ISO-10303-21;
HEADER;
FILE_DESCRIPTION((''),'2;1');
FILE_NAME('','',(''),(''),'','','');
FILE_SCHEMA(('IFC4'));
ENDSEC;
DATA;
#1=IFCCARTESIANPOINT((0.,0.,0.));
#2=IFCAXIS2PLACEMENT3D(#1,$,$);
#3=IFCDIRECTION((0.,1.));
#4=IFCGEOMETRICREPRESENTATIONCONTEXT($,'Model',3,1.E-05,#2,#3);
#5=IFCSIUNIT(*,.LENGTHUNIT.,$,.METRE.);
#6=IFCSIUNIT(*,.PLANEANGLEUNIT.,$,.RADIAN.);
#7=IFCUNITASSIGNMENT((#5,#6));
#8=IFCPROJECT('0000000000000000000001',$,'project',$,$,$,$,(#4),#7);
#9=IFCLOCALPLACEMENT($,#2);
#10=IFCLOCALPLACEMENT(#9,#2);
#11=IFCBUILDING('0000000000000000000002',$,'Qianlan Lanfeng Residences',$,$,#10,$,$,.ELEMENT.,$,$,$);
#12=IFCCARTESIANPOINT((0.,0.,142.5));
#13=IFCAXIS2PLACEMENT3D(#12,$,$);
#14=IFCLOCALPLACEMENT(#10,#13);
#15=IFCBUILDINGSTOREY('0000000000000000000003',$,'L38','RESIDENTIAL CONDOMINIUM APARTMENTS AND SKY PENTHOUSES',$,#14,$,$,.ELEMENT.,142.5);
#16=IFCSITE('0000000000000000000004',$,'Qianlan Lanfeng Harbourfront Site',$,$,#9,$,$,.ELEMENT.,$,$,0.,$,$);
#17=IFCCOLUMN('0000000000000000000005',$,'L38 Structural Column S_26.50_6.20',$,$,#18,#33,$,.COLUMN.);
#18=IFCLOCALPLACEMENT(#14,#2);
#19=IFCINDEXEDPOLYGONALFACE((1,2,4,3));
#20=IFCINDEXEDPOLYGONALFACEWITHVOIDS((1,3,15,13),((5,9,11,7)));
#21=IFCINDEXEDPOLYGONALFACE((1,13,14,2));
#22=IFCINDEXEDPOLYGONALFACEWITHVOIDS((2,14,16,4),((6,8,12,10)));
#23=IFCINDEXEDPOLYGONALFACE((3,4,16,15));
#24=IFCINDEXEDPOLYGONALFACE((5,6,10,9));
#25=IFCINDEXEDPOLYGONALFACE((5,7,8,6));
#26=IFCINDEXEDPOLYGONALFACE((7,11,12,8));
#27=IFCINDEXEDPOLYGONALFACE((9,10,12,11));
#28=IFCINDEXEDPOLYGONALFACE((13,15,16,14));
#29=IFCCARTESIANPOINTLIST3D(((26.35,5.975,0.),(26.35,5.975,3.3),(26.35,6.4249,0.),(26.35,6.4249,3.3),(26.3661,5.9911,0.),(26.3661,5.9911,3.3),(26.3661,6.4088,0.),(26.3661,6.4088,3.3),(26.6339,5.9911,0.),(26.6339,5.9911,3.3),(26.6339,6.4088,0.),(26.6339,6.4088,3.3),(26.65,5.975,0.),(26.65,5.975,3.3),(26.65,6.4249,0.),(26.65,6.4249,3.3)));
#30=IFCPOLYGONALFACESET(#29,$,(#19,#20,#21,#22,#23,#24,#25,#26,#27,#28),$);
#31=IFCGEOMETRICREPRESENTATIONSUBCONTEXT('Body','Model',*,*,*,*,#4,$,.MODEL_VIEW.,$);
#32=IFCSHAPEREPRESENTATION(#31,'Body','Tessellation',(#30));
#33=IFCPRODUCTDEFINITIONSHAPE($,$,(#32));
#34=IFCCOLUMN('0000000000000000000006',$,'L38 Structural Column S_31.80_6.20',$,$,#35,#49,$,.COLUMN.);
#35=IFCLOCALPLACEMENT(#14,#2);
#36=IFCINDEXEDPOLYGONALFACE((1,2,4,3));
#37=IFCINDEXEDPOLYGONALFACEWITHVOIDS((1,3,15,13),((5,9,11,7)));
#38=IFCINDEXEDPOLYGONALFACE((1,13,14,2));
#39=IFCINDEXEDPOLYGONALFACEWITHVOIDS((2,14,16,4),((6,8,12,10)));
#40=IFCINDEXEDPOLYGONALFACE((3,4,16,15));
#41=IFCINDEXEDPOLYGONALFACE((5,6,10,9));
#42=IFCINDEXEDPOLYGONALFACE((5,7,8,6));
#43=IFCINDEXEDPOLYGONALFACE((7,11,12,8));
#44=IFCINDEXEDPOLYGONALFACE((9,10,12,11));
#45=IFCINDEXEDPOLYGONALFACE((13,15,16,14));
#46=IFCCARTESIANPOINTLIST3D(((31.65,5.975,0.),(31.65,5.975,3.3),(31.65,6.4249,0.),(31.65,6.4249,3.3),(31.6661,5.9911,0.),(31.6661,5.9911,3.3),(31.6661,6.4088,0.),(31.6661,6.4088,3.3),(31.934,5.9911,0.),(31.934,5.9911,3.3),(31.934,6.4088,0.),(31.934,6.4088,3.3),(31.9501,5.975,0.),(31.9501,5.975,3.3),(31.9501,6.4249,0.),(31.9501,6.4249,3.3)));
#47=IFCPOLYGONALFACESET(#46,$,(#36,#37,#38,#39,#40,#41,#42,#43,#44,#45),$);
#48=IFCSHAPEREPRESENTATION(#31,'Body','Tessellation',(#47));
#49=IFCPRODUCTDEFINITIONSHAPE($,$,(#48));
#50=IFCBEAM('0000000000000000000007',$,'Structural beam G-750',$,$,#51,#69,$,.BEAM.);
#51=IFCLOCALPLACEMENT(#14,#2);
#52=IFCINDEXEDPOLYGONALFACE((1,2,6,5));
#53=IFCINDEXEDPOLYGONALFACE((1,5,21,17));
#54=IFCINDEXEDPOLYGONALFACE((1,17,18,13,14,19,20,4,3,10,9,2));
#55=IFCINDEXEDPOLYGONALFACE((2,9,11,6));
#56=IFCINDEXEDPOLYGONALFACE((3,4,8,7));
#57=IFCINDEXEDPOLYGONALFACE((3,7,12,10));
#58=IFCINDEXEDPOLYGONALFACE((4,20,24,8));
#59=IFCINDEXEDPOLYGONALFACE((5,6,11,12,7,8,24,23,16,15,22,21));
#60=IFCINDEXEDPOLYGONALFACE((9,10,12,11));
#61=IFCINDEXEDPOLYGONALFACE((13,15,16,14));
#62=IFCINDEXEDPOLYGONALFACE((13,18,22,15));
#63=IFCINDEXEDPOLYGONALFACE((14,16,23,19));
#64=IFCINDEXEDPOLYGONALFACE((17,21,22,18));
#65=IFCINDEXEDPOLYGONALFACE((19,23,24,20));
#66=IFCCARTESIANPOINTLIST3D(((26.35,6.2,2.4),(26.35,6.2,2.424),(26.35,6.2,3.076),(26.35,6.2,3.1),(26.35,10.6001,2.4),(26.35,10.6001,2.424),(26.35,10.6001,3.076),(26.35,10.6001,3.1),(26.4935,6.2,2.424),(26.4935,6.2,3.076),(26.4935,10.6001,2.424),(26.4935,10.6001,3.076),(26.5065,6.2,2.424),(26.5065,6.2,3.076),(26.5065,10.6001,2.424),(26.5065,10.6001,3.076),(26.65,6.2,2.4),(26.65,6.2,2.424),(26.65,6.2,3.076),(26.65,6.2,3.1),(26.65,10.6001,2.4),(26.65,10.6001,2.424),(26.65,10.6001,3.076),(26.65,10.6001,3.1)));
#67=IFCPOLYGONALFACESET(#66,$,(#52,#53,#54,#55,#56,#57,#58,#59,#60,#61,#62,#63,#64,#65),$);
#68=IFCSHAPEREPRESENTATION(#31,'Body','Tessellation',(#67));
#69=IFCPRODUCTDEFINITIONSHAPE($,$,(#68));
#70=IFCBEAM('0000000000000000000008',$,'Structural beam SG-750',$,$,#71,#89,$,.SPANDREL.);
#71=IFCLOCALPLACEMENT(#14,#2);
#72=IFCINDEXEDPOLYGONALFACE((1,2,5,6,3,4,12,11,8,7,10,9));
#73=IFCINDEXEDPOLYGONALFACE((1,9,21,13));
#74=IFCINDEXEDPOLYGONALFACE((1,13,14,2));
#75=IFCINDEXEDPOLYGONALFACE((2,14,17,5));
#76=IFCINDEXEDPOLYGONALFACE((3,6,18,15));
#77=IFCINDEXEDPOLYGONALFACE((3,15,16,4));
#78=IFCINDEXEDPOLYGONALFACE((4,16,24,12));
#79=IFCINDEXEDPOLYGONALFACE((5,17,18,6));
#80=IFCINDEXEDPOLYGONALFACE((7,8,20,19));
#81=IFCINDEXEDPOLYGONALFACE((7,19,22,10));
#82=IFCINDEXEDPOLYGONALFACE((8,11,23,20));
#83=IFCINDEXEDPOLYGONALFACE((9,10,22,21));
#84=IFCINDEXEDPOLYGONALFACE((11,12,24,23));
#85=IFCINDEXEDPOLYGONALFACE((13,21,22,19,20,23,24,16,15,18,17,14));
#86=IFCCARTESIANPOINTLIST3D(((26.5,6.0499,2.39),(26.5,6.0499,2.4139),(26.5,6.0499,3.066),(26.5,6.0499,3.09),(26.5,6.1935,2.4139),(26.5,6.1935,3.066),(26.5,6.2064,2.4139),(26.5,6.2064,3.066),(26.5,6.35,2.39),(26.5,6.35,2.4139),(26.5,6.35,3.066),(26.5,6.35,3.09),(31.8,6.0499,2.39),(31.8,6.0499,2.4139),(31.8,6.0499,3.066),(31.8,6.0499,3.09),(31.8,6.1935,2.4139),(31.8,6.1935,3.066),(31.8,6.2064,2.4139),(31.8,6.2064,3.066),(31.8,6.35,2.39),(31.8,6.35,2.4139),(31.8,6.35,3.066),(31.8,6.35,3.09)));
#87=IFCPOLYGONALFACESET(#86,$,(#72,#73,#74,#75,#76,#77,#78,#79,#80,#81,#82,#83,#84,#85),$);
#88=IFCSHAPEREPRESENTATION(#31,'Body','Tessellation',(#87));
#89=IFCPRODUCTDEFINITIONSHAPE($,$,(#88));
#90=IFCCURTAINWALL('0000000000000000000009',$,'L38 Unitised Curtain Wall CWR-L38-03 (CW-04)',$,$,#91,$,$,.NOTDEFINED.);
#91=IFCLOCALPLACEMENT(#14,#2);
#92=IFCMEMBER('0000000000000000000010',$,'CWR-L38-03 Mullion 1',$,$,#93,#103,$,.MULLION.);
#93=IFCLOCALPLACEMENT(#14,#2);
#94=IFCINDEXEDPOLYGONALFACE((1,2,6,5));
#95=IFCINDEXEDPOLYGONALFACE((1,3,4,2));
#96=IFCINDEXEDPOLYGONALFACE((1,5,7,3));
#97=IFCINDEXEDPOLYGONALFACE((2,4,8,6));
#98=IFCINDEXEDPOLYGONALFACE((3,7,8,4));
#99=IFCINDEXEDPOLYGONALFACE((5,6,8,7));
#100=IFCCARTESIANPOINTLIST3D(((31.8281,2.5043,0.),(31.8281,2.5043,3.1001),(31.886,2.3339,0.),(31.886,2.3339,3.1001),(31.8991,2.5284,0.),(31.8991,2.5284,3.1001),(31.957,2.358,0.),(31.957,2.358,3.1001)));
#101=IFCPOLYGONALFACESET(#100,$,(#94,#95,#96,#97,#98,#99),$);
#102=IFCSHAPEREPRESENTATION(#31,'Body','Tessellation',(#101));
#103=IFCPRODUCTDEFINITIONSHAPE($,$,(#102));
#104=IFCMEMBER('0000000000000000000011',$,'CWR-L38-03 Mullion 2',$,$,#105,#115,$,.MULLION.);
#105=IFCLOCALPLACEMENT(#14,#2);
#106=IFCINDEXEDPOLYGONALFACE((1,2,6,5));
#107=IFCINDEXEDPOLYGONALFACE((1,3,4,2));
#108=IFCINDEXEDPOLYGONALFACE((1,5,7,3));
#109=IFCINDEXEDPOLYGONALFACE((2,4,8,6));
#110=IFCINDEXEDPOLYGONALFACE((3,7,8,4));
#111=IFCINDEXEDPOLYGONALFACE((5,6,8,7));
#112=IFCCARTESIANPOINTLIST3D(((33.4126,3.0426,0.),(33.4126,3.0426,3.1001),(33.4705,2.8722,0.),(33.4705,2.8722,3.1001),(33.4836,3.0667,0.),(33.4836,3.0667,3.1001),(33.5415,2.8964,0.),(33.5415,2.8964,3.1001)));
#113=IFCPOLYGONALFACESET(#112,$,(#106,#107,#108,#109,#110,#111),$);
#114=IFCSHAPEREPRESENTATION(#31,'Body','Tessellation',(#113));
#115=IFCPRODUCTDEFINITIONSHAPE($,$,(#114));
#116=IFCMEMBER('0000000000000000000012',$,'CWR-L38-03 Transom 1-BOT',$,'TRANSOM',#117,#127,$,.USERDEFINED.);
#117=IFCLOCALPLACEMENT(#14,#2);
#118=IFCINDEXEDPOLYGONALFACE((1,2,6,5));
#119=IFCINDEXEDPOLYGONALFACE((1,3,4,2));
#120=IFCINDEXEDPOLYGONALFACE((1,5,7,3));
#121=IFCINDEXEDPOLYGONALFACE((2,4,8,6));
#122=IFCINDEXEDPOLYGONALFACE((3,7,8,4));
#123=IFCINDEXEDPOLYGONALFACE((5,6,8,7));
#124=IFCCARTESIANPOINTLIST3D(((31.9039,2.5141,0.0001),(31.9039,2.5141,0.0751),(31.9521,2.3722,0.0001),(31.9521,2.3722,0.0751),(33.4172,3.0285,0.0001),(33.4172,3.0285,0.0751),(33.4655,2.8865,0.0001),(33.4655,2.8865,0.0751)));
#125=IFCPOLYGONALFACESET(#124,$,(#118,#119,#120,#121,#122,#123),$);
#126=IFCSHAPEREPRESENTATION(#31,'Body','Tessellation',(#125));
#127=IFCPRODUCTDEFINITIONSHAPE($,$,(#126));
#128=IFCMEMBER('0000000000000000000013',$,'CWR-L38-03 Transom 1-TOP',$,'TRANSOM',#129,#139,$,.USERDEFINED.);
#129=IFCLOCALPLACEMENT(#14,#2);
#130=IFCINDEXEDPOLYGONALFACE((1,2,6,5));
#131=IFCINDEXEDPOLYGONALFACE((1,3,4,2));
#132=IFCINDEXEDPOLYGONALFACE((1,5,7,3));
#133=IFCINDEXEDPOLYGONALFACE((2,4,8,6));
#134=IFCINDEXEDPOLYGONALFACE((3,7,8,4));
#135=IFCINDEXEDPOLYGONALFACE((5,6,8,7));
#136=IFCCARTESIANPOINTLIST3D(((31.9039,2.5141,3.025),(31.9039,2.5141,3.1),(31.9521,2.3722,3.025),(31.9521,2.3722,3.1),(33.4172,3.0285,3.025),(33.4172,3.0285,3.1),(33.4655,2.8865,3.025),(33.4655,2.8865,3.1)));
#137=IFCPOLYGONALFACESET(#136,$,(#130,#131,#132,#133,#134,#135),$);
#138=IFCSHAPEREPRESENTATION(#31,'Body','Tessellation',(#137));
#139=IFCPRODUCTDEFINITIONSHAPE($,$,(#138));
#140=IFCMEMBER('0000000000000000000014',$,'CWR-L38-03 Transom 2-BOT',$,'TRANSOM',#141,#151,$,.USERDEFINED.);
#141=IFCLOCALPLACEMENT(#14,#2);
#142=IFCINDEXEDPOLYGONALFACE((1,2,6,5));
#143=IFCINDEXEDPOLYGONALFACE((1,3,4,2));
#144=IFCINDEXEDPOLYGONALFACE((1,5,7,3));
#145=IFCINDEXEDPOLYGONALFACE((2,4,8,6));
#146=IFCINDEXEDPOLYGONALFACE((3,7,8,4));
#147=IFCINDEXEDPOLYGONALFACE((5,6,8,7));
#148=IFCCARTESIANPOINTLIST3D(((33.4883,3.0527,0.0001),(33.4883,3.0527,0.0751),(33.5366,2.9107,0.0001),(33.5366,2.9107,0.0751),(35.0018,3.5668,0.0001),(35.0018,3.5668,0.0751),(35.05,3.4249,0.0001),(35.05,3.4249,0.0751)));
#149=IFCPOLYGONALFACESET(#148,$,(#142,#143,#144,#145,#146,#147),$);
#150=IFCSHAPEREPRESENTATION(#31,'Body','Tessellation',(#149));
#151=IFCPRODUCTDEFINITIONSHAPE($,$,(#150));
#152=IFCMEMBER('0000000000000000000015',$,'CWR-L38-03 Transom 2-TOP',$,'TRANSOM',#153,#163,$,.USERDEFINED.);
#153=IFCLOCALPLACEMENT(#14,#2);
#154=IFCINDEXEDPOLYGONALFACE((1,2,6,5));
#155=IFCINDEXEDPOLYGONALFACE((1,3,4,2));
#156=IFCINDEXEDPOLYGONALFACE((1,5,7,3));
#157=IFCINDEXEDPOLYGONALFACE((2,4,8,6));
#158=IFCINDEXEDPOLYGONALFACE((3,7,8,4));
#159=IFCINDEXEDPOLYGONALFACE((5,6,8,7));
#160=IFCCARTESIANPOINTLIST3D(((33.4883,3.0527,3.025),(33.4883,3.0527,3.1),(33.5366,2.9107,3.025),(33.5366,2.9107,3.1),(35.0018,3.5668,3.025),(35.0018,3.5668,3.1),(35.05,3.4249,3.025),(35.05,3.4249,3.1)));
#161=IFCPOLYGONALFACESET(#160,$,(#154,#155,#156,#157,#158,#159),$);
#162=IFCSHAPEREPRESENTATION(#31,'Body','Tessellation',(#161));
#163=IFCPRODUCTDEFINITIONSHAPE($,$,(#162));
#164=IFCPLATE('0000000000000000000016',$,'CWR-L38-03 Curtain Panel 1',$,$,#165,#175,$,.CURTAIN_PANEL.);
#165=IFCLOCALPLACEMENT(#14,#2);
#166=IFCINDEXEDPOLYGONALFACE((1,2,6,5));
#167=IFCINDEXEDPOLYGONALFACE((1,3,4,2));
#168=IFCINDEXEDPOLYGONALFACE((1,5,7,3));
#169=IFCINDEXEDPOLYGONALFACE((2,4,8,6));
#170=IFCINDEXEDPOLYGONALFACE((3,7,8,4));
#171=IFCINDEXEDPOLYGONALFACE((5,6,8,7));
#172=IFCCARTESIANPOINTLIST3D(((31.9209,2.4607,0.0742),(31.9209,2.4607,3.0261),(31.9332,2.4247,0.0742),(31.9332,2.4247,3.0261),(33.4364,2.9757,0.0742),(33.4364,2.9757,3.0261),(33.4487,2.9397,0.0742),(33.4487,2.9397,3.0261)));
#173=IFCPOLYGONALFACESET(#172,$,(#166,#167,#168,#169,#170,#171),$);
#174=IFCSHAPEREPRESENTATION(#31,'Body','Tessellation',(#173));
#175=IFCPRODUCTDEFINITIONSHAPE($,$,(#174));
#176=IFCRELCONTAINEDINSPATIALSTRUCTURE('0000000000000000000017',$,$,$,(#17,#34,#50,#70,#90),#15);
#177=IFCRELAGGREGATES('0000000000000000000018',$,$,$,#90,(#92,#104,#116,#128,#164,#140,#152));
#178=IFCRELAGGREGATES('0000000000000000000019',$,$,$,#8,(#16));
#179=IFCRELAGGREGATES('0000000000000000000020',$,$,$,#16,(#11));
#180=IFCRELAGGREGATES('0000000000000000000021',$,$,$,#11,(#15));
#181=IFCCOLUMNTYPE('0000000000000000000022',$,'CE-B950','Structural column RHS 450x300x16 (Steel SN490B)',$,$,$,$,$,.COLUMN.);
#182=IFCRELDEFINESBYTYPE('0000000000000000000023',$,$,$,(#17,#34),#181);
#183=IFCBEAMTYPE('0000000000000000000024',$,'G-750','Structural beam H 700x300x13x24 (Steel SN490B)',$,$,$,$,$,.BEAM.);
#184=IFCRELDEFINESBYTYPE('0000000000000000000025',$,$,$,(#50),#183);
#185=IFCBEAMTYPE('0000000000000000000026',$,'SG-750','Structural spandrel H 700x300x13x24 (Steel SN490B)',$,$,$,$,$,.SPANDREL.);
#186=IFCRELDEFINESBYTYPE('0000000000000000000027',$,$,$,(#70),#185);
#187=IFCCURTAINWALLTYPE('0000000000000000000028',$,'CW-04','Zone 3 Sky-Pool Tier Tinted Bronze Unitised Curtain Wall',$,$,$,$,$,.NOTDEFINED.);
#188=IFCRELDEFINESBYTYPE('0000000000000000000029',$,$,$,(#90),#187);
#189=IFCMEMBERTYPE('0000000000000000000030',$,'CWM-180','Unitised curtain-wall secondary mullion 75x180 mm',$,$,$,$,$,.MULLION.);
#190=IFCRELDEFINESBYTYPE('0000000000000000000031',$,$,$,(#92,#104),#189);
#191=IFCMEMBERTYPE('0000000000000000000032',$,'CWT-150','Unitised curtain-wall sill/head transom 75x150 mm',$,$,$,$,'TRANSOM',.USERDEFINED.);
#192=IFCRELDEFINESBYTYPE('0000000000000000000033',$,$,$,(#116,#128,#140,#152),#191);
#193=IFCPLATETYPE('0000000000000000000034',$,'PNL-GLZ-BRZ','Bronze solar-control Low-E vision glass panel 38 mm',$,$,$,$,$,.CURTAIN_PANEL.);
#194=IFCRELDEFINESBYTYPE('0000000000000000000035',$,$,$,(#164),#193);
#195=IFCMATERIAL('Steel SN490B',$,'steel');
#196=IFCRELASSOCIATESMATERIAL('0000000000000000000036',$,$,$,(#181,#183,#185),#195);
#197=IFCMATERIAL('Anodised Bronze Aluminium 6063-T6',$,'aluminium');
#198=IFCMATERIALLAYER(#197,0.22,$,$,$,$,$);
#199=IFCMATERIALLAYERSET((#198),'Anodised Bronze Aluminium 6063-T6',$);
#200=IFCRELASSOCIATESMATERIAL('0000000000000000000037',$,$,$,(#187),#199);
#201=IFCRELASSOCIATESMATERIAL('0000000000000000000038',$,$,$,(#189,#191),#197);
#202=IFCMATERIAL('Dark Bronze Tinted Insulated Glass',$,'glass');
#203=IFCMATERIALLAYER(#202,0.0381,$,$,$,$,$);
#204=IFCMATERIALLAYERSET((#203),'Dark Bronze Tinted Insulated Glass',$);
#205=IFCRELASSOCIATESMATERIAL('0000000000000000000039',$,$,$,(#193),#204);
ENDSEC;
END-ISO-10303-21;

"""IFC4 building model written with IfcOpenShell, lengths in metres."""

from ifc_helpers import new_model, si_unit, direction, frame, origin, origin_2d, place, context, subcontext, project, spatial, rectangle, hollow_rectangle, i_section, extrude, source, transform, mapped, material, layer, layer_set, material_profile, profile_set, type_object, element, aggregate, save


model = new_model("IFC4")

# Units and contexts
model_context = context("Model", 3, precision=1e-05, world=origin(), true_north=direction((0.0, 1.0)))
body_context = subcontext(model_context, "Body", "Model", "MODEL_VIEW")
ifc_project = project(units=[si_unit("LENGTHUNIT", "METRE"), si_unit("PLANEANGLEUNIT", "RADIAN")], contexts=[model_context])

# Site, building, storey
site_placement = place(None, origin())
site = spatial("IfcSite", under=ifc_project, at=site_placement, Name="Qianlan Lanfeng Harbourfront Site", CompositionType="ELEMENT", RefElevation=0.0)
building_placement = place(site_placement, origin())
building = spatial("IfcBuilding", under=site, at=building_placement, Name="Qianlan Lanfeng Residences", CompositionType="ELEMENT")
storey_placement = place(building_placement, frame((0.0, 0.0, 142.5)))
storey = spatial("IfcBuildingStorey", under=building, at=storey_placement, Name="L38", Description="RESIDENTIAL CONDOMINIUM APARTMENTS AND SKY PENTHOUSES", CompositionType="ELEMENT", Elevation=142.5)

# Columns
ifc_material_1 = material(Name="Steel SN490B", Category="steel")
ifc_material_profile_1 = material_profile(ifc_material_1, hollow_rectangle(XDim=0.3, YDim=0.45, WallThickness=0.0161, at=origin_2d()), Name="RHS 450x300x16")
ifc_profile_set_1 = profile_set([ifc_material_profile_1], Name="Steel SN490B")
column_type = type_object("IfcColumnType", Name="CE-B950", Description="Structural column RHS 450x300x16 (Steel SN490B)", PredefinedType="COLUMN", material=ifc_profile_set_1)
for number, where, z_axis, x_axis, name in (
    (1, (26.5, 6.2, 0.0), (0.0, 0.0, 1.0), (1.0, 0.0, 0.0), "L38 Structural Column S_26.50_6.20"),
    (2, (31.8, 6.2, 0.0), (0.0, 0.0, 1.0), (1.0, 0.0, 0.0), "L38 Structural Column S_31.80_6.20"),
):
    element("IfcColumn", number, at=place(storey_placement, frame(where, z_axis=z_axis, x_axis=x_axis)), inside=storey, type_object=column_type, Name=name, PredefinedType="COLUMN", context=body_context, shape_type="SweptSolid", body=[
        extrude(hollow_rectangle(XDim=0.3, YDim=0.45, WallThickness=0.0161, at=origin_2d()), origin(), (0.0, 0.0, 1.0), 3.3),
    ])

# Beams
ifc_material_profile_2 = material_profile(ifc_material_1, i_section(OverallWidth=0.3, OverallDepth=0.7, WebThickness=0.0129, FlangeThickness=0.0239, at=origin_2d()), Name="H 700x300x13x24")
ifc_profile_set_2 = profile_set([ifc_material_profile_2], Name="Steel SN490B")
beam_type_1 = type_object("IfcBeamType", Name="G-750", Description="Structural beam H 700x300x13x24 (Steel SN490B)", PredefinedType="BEAM", material=ifc_profile_set_2)
beam_1_placement = place(storey_placement, frame((26.5, 6.2, 2.75), z_axis=(0.0, 1.0, 0.0), x_axis=(-1.0, 0.0, 0.0)))
element("IfcBeam", 3, at=beam_1_placement, inside=storey, type_object=beam_type_1, Name="Structural beam G-750", PredefinedType="BEAM", context=body_context, shape_type="SweptSolid", body=[
    extrude(i_section(OverallWidth=0.3, OverallDepth=0.7, WebThickness=0.0129, FlangeThickness=0.0239, at=origin_2d()), origin(), (0.0, 0.0, 1.0), 4.4001),
])
ifc_material_profile_3 = material_profile(ifc_material_1, i_section(OverallWidth=0.3, OverallDepth=0.7, WebThickness=0.0129, FlangeThickness=0.0239, at=origin_2d()), Name="H 700x300x13x24")
ifc_profile_set_3 = profile_set([ifc_material_profile_3], Name="Steel SN490B")
beam_type_2 = type_object("IfcBeamType", Name="SG-750", Description="Structural spandrel H 700x300x13x24 (Steel SN490B)", PredefinedType="SPANDREL", material=ifc_profile_set_3)
beam_2_placement = place(storey_placement, frame((26.5, 6.2, 2.74), z_axis=(1.0, 0.0, 0.0), x_axis=(0.0, 1.0, 0.0)))
element("IfcBeam", 4, at=beam_2_placement, inside=storey, type_object=beam_type_2, Name="Structural beam SG-750", PredefinedType="SPANDREL", context=body_context, shape_type="SweptSolid", body=[
    extrude(i_section(OverallWidth=0.3, OverallDepth=0.7, WebThickness=0.0129, FlangeThickness=0.0239, at=origin_2d()), origin(), (0.0, 0.0, 1.0), 5.3),
])

# Curtain wall, members, plate
ifc_material_2 = material(Name="Anodised Bronze Aluminium 6063-T6", Category="aluminium")
ifc_layer_1 = layer(ifc_material_2, 0.22)
ifc_layer_set_1 = layer_set([ifc_layer_1], Name="Anodised Bronze Aluminium 6063-T6")
curtain_wall_type = type_object("IfcCurtainWallType", Name="CW-04", Description="Zone 3 Sky-Pool Tier Tinted Bronze Unitised Curtain Wall", PredefinedType="NOTDEFINED", material=ifc_layer_set_1)
curtain_wall_placement = place(storey_placement, origin())
curtain_wall = element("IfcCurtainWall", 5, at=curtain_wall_placement, inside=storey, type_object=curtain_wall_type, Name="L38 Unitised Curtain Wall CWR-L38-03 (CW-04)", PredefinedType="NOTDEFINED")
ifc_material_profile_4 = material_profile(ifc_material_2, rectangle(XDim=0.075, YDim=0.1799, at=origin_2d()), Name="ALU MULLION 75x180")
ifc_profile_set_4 = profile_set([ifc_material_profile_4], Name="Anodised Bronze Aluminium 6063-T6")
member_type_1 = type_object("IfcMemberType", Name="CWM-180", Description="Unitised curtain-wall secondary mullion 75x180 mm", PredefinedType="MULLION", material=ifc_profile_set_4)
shared_shape_1 = source(origin(), body_context, "Body", "SweptSolid", [
    extrude(rectangle(XDim=0.075, YDim=0.1799, at=origin_2d()), origin(), (0.0, 0.0, 1.0), 3.1001),
])
member_1_placement = place(storey_placement, frame((31.8926, 2.4312, 0.0), z_axis=(0.0, 0.0, 1.0), x_axis=(0.946826, 0.321745, 0.0)))
member_1 = element("IfcMember", 6, at=member_1_placement, type_object=member_type_1, Name="CWR-L38-03 Mullion 1", PredefinedType="MULLION", context=body_context, shape_type="MappedRepresentation", body=[
    mapped(shared_shape_1, transform((0.0, 0.0, 0.0), scale=1.0)),
])
member_2_placement = place(storey_placement, frame((33.4771, 2.9695, 0.0), z_axis=(0.0, 0.0, 1.0), x_axis=(0.946826, 0.321745, 0.0)))
member_2 = element("IfcMember", 7, at=member_2_placement, type_object=member_type_1, Name="CWR-L38-03 Mullion 2", PredefinedType="MULLION", context=body_context, shape_type="MappedRepresentation", body=[
    mapped(shared_shape_1, transform((0.0, 0.0, 0.0), scale=1.0)),
])
ifc_material_profile_5 = material_profile(ifc_material_2, rectangle(XDim=0.075, YDim=0.1499, at=origin_2d()), Name="ALU TRANSOM 75x150")
ifc_profile_set_5 = profile_set([ifc_material_profile_5], Name="Anodised Bronze Aluminium 6063-T6")
member_type_2 = type_object("IfcMemberType", Name="CWT-150", Description="Unitised curtain-wall sill/head transom 75x150 mm", ElementType="TRANSOM", PredefinedType="USERDEFINED", material=ifc_profile_set_5)
shared_shape_2 = source(origin(), body_context, "Body", "SweptSolid", [
    extrude(rectangle(XDim=0.075, YDim=0.1499, at=origin_2d()), origin(), (0.0, 0.0, 1.0), 1.5984),
])
member_3_placement = place(storey_placement, frame((31.928, 2.4431, 0.0376), z_axis=(0.946803, 0.321812, 0.0), x_axis=(0.0, 0.0, 1.0)))
member_3 = element("IfcMember", 8, at=member_3_placement, type_object=member_type_2, Name="CWR-L38-03 Transom 1-BOT", ObjectType="TRANSOM", PredefinedType="USERDEFINED", context=body_context, shape_type="MappedRepresentation", body=[
    mapped(shared_shape_2, transform((0.0, 0.0, 0.0), scale=1.0)),
])
member_4_placement = place(storey_placement, frame((31.928, 2.4431, 3.0625), z_axis=(0.946803, 0.321812, 0.0), x_axis=(0.0, 0.0, 1.0)))
member_4 = element("IfcMember", 9, at=member_4_placement, type_object=member_type_2, Name="CWR-L38-03 Transom 1-TOP", ObjectType="TRANSOM", PredefinedType="USERDEFINED", context=body_context, shape_type="MappedRepresentation", body=[
    mapped(shared_shape_2, transform((0.0, 0.0, 0.0), scale=1.0)),
])
member_5_placement = place(storey_placement, frame((33.5125, 2.9817, 0.0376), z_axis=(0.94685, 0.321675, 0.0), x_axis=(0.0, 0.0, 1.0)))
member_5 = element("IfcMember", 10, at=member_5_placement, type_object=member_type_2, Name="CWR-L38-03 Transom 2-BOT", ObjectType="TRANSOM", PredefinedType="USERDEFINED", context=body_context, shape_type="MappedRepresentation", body=[
    mapped(shared_shape_2, transform((0.0, 0.0, 0.0), scale=1.0)),
])
member_6_placement = place(storey_placement, frame((33.5125, 2.9817, 3.0625), z_axis=(0.94685, 0.321675, 0.0), x_axis=(0.0, 0.0, 1.0)))
member_6 = element("IfcMember", 11, at=member_6_placement, type_object=member_type_2, Name="CWR-L38-03 Transom 2-TOP", ObjectType="TRANSOM", PredefinedType="USERDEFINED", context=body_context, shape_type="MappedRepresentation", body=[
    mapped(shared_shape_2, transform((0.0, 0.0, 0.0), scale=1.0)),
])
ifc_material_3 = material(Name="Dark Bronze Tinted Insulated Glass", Category="glass")
ifc_layer_2 = layer(ifc_material_3, 0.0381)
ifc_layer_set_2 = layer_set([ifc_layer_2], Name="Dark Bronze Tinted Insulated Glass")
plate_type = type_object("IfcPlateType", Name="PNL-GLZ-BRZ", Description="Bronze solar-control Low-E vision glass panel 38 mm", PredefinedType="CURTAIN_PANEL", material=ifc_layer_set_2)
shared_shape_3 = source(origin(), body_context, "Body", "SweptSolid", [
    extrude(rectangle(XDim=1.6006, YDim=0.0381, at=origin_2d()), origin(), (0.0, 0.0, 1.0), 2.9519),
])
plate_1_placement = place(storey_placement, frame((32.6848, 2.7002, 0.0742), z_axis=(0.0, 0.0, 1.0), x_axis=(0.946826, 0.321745, 0.0)))
plate_1 = element("IfcPlate", 12, at=plate_1_placement, type_object=plate_type, Name="CWR-L38-03 Curtain Panel 1", PredefinedType="CURTAIN_PANEL", context=body_context, shape_type="MappedRepresentation", body=[
    mapped(shared_shape_3, transform((0.0, 0.0, 0.0), scale=1.0)),
])
aggregate(curtain_wall, [member_1, member_2, member_3, member_4, plate_1, member_5, member_6])

save(model, "model.ifc")
